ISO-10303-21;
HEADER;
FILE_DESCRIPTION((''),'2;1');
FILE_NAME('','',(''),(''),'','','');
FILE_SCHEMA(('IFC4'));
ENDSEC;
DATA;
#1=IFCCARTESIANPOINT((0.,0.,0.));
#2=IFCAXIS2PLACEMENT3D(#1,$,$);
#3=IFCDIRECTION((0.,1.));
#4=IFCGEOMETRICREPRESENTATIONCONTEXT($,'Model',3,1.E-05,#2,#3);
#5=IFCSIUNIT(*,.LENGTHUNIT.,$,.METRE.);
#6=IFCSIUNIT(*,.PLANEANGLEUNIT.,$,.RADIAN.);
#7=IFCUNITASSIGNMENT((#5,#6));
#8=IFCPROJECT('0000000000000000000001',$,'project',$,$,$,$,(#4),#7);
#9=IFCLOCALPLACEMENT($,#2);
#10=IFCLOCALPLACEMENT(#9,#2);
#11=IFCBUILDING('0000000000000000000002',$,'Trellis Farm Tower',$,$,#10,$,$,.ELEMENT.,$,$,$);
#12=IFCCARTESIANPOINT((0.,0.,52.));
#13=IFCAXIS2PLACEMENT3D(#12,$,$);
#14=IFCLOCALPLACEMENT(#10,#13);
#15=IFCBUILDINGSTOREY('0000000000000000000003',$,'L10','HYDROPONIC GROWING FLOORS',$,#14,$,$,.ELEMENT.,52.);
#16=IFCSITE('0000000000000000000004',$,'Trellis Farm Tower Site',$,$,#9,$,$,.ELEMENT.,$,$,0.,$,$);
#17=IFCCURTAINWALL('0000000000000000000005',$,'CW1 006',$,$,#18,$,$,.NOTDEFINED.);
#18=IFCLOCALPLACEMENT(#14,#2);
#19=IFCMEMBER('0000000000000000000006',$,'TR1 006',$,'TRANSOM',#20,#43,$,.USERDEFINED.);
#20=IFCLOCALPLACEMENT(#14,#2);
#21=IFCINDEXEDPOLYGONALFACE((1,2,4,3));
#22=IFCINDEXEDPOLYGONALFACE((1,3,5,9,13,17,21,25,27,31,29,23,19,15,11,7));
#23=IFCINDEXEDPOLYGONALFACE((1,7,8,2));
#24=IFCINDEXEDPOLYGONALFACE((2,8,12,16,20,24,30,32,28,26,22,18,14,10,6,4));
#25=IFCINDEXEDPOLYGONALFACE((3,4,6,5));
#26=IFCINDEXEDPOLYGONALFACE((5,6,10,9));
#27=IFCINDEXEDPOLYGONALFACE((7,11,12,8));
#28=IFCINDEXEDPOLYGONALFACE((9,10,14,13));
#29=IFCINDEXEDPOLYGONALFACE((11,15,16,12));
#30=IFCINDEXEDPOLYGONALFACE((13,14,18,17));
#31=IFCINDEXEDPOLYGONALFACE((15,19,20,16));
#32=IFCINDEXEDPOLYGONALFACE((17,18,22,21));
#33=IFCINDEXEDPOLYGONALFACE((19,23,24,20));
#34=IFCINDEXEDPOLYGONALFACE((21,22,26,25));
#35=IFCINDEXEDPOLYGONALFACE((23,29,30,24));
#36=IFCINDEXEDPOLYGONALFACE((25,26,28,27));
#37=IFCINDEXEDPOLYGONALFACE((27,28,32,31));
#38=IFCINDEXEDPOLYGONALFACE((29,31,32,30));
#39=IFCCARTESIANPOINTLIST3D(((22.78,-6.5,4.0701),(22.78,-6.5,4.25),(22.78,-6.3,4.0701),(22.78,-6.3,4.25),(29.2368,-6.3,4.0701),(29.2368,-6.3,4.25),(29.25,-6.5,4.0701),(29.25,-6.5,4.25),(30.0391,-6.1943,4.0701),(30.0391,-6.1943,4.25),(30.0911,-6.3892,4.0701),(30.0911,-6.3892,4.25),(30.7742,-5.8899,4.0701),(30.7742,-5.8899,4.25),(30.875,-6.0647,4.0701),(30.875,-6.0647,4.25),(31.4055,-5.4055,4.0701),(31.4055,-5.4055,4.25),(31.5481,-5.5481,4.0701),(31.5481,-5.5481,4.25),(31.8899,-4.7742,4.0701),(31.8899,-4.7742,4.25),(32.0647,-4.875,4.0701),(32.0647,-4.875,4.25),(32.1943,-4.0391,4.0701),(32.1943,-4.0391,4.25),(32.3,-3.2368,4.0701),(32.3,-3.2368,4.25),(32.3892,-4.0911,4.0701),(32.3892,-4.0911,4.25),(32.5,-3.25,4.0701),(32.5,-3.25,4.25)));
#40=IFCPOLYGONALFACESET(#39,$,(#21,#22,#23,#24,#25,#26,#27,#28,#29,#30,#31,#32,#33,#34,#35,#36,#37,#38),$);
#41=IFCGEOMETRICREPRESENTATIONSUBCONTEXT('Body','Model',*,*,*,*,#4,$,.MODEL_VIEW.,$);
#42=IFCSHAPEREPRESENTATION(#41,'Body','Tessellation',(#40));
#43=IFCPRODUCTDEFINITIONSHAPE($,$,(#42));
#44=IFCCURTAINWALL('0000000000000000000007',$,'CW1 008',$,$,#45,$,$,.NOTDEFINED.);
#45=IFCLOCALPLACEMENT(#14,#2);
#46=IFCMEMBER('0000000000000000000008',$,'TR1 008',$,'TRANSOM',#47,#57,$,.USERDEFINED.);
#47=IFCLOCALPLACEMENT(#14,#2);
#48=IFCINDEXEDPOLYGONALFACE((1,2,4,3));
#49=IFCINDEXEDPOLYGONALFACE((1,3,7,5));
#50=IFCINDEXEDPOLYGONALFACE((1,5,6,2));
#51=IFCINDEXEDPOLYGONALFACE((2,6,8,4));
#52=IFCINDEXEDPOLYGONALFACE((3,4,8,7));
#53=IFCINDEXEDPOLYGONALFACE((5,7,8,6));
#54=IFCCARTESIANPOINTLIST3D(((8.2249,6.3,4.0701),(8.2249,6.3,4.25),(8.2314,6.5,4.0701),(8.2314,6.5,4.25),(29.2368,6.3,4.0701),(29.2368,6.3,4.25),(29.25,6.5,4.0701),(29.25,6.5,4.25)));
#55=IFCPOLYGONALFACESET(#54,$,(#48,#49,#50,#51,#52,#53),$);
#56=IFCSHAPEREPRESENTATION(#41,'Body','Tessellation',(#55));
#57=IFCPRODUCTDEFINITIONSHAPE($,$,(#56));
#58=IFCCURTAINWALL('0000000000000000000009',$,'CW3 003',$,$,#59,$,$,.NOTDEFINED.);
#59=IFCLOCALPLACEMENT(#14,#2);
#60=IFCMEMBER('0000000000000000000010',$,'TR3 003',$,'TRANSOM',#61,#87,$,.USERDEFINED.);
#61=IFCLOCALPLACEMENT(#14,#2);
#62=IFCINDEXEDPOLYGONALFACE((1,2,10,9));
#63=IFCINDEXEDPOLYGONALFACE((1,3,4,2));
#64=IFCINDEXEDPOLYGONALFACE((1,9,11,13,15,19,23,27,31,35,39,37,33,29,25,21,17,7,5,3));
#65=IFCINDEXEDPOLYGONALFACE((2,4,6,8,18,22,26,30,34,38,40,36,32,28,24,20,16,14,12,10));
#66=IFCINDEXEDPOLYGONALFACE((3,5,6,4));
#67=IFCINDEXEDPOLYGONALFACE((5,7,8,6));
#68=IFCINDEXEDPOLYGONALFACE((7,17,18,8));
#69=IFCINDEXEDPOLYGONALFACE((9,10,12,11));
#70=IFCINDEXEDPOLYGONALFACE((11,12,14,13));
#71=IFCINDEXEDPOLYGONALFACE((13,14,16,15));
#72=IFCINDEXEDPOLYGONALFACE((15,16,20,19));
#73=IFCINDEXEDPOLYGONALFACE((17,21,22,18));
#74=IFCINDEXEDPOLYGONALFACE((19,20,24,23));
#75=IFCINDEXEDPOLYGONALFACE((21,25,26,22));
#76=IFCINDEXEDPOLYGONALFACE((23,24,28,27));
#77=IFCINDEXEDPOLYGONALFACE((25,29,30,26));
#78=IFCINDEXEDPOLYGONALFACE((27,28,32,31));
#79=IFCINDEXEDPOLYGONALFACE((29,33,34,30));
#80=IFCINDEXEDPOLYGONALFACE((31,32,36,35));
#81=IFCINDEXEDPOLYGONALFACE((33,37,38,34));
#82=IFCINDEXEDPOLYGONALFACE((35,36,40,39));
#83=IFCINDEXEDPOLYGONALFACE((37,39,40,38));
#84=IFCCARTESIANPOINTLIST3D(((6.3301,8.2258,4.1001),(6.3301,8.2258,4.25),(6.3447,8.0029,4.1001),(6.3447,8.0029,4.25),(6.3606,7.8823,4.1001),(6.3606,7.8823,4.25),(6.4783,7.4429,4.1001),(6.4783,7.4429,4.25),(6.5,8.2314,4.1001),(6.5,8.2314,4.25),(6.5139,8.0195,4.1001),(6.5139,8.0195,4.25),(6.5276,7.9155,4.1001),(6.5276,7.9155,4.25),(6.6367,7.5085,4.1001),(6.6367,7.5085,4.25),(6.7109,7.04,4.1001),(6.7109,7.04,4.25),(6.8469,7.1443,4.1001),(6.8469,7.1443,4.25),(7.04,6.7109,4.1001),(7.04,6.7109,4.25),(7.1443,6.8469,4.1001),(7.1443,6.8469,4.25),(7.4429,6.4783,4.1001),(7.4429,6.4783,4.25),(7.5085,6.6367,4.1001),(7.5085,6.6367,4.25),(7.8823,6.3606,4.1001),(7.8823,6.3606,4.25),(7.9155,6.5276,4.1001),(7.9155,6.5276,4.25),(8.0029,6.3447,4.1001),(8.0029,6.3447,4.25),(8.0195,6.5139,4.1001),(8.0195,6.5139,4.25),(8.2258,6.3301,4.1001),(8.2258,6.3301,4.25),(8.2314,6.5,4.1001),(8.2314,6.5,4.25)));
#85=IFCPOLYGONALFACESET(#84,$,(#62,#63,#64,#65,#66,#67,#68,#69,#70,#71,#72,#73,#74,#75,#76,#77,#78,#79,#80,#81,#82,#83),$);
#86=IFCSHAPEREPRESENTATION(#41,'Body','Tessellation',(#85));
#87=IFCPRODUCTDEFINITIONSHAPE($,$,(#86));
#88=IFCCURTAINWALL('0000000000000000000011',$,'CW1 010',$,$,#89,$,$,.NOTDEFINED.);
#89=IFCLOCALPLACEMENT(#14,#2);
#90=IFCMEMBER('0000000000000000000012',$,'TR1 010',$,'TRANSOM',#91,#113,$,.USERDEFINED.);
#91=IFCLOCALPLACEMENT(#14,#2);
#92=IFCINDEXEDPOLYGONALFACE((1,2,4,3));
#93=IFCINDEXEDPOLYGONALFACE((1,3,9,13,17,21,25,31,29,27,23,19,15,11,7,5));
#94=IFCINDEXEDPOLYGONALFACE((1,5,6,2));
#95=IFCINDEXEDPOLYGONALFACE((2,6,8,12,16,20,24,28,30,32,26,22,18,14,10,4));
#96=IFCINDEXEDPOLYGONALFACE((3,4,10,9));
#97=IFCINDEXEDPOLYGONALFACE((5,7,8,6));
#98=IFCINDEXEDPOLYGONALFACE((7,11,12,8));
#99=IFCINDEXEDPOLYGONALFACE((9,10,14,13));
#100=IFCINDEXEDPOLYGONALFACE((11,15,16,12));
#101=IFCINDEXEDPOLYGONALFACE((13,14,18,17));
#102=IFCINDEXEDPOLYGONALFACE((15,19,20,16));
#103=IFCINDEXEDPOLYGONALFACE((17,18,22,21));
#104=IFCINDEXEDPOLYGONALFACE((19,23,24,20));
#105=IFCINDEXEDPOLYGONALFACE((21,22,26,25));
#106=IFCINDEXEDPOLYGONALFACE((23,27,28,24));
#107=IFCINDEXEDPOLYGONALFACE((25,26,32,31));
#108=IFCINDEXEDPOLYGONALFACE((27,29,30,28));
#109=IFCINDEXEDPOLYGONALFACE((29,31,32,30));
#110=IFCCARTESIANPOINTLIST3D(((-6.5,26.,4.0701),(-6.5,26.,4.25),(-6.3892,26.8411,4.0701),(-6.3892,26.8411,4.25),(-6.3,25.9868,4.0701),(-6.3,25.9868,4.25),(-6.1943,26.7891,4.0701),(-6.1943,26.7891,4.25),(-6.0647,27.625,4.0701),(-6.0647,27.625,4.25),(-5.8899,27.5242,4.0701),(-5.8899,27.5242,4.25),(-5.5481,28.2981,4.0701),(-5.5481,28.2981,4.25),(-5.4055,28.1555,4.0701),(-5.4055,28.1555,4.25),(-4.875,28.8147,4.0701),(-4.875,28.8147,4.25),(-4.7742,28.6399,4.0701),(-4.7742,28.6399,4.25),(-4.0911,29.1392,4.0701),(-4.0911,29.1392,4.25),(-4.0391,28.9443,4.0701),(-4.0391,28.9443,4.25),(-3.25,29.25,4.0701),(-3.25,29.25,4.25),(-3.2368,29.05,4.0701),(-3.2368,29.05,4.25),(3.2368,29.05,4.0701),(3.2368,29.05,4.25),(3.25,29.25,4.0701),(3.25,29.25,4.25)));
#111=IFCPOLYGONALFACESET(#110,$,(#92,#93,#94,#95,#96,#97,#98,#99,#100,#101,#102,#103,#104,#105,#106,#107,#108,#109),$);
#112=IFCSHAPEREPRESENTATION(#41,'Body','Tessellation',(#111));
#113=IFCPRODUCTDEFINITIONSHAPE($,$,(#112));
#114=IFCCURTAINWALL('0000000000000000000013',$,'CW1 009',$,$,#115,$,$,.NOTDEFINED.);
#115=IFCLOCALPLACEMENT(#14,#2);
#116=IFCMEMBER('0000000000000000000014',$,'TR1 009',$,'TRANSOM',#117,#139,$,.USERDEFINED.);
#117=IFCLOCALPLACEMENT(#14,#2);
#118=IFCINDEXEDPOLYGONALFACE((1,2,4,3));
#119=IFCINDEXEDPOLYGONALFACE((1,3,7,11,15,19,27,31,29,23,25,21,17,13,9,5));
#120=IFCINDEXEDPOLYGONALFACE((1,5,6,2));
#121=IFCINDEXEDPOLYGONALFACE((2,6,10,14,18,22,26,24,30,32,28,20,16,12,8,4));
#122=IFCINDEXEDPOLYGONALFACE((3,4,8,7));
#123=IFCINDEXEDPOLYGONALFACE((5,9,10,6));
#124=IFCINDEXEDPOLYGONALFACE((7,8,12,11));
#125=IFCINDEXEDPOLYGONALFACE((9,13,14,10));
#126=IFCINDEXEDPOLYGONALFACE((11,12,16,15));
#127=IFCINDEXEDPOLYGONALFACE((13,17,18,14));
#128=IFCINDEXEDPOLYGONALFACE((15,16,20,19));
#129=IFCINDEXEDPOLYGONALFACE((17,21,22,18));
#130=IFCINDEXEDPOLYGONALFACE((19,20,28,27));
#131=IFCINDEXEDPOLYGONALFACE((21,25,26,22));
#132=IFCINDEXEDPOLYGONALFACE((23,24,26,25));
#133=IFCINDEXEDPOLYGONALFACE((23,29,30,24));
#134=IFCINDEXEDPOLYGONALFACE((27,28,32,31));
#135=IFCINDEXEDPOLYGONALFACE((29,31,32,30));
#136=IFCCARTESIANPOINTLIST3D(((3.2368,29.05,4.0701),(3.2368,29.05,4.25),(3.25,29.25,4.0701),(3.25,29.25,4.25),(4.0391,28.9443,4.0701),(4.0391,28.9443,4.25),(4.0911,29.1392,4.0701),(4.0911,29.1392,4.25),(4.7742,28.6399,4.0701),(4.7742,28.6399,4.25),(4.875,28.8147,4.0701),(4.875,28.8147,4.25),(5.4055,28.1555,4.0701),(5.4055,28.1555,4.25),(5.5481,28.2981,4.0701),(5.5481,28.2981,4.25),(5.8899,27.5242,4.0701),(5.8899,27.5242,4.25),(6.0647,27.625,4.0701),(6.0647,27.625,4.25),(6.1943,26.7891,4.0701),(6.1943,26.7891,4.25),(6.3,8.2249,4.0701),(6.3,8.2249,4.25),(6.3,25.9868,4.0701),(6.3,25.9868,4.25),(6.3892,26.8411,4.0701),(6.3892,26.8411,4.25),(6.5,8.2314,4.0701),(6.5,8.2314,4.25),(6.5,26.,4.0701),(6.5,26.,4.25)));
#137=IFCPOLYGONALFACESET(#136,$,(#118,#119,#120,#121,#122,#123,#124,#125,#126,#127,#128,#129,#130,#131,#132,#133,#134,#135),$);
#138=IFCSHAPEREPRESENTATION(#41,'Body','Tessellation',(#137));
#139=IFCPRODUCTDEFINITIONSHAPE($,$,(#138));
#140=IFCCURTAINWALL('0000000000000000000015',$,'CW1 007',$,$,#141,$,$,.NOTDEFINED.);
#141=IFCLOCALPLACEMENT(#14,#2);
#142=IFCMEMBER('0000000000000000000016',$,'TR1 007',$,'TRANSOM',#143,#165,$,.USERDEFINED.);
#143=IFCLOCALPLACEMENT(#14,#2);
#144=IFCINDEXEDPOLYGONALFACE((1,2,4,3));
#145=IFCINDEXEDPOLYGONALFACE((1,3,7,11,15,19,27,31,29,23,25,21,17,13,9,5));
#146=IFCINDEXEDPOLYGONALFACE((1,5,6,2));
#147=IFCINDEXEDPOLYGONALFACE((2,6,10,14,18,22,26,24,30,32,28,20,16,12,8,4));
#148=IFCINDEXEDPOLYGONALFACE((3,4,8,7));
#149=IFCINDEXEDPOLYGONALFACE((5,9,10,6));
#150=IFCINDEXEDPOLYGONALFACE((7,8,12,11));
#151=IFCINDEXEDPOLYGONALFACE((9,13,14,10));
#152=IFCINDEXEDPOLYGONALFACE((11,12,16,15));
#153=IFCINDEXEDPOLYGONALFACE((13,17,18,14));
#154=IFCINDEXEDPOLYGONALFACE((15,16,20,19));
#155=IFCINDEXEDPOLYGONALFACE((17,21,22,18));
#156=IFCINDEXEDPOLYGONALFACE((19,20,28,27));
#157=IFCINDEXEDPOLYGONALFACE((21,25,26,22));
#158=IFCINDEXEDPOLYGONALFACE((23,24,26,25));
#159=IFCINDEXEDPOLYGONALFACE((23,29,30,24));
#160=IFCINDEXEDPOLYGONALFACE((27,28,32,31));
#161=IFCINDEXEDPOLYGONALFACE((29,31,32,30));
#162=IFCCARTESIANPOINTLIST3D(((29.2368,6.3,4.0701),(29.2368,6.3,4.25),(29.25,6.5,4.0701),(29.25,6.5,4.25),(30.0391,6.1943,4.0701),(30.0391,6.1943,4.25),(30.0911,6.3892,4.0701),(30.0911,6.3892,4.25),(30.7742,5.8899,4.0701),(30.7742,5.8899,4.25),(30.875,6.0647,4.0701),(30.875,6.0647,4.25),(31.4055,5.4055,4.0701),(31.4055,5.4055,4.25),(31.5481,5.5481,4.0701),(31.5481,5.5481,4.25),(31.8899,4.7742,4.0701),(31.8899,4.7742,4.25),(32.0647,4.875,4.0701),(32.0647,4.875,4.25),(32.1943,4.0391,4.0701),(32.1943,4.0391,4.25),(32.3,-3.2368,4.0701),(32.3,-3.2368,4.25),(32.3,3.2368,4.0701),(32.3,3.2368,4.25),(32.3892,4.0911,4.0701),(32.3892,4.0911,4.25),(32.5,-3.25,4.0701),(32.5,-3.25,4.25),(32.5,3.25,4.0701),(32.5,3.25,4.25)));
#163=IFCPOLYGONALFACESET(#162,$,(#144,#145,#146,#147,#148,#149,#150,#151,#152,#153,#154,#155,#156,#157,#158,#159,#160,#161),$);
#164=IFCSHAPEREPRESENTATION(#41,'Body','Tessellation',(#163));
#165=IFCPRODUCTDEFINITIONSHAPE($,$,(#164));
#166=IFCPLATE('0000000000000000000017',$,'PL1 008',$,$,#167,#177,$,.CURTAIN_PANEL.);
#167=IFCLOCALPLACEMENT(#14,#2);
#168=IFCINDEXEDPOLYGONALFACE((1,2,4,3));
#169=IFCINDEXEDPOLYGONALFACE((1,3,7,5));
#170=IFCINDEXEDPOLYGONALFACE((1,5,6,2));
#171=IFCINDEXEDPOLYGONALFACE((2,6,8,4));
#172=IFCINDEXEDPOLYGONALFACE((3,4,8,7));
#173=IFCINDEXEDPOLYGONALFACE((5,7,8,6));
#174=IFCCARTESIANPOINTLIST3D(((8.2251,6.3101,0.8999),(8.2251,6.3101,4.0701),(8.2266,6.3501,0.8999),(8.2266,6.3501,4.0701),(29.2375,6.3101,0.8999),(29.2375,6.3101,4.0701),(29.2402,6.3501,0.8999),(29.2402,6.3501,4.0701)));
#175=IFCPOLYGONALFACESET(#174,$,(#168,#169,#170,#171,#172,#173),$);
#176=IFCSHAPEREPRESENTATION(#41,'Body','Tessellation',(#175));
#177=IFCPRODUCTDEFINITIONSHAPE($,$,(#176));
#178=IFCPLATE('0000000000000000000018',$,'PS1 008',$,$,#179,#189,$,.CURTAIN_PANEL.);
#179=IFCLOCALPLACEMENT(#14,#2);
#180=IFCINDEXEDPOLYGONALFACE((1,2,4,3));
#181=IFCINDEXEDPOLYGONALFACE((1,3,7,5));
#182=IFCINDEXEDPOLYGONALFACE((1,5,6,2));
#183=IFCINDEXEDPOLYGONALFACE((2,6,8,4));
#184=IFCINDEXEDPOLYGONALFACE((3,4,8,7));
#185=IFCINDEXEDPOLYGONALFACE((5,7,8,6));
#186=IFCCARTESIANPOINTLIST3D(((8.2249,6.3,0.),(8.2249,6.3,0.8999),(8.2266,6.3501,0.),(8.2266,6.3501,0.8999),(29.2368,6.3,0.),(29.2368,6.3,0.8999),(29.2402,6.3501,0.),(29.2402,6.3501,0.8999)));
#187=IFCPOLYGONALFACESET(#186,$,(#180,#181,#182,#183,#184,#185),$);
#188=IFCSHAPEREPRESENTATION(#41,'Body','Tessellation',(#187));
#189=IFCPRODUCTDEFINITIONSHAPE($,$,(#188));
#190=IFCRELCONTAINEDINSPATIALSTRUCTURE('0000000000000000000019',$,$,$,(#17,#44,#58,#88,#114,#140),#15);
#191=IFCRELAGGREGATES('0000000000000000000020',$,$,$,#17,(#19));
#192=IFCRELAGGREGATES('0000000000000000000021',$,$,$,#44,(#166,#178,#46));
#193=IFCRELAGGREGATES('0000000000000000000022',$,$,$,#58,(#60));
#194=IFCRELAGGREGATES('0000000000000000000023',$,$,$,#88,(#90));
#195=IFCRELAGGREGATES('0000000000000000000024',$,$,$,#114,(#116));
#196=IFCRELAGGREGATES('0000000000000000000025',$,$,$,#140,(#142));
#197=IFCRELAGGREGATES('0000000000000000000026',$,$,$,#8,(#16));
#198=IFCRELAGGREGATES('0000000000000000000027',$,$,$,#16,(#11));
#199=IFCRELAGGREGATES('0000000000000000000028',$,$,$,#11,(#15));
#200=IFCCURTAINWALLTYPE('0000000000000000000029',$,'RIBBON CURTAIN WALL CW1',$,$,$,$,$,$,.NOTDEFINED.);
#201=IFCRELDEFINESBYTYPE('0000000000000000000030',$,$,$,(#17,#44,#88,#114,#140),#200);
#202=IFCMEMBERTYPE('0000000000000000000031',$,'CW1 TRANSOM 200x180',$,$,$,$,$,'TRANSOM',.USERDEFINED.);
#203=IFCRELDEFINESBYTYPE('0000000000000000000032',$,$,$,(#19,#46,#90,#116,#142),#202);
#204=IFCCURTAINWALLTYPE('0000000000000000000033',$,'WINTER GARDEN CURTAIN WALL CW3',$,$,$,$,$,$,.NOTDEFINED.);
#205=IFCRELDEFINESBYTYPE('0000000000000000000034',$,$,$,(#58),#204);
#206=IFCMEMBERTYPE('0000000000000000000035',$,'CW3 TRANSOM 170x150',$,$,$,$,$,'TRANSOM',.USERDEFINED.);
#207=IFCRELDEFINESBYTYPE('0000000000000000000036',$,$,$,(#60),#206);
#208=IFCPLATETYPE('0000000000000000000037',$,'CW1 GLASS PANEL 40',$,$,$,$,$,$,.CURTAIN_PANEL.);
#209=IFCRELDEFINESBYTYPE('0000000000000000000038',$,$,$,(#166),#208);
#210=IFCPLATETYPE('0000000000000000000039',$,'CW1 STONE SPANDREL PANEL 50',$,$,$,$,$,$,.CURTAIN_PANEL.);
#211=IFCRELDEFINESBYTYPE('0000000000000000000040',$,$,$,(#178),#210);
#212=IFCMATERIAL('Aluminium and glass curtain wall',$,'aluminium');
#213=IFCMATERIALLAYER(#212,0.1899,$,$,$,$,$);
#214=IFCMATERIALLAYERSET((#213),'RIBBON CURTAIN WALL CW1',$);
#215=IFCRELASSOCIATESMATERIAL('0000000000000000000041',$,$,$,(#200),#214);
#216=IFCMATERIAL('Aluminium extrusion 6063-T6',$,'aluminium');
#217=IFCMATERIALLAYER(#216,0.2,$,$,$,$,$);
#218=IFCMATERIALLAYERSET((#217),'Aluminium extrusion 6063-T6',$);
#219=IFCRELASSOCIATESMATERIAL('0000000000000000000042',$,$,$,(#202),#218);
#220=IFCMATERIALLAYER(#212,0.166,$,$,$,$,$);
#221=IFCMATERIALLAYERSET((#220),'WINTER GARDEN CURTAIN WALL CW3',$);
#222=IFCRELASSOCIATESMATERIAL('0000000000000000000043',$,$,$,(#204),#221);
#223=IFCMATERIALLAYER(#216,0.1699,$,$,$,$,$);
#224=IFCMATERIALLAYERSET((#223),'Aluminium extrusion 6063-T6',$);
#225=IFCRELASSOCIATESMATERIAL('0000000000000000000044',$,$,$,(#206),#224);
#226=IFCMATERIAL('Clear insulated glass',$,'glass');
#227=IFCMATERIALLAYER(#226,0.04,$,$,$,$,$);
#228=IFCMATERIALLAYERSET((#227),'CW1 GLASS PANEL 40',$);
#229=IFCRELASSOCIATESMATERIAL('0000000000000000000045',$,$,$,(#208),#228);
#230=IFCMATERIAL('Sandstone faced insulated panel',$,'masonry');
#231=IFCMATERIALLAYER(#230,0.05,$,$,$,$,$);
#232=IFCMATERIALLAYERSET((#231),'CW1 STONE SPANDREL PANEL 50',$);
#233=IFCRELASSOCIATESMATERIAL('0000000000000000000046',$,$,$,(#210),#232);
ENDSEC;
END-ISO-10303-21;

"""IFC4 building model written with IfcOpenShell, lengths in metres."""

from ifc_helpers import new_model, si_unit, direction, frame, origin, place, context, subcontext, project, spatial, polyline, outline, extrude, source, transform, mapped, material, layer, layer_set, type_object, element, aggregate, save


model = new_model("IFC4")

# Units and contexts
model_context = context("Model", 3, precision=1e-05, world=origin(), true_north=direction((0.0, 1.0)))
body_context = subcontext(model_context, "Body", "Model", "MODEL_VIEW")
ifc_project = project(units=[si_unit("LENGTHUNIT", "METRE"), si_unit("PLANEANGLEUNIT", "RADIAN")], contexts=[model_context])

# Site, building, storey
site_placement = place(None, origin())
site = spatial("IfcSite", under=ifc_project, at=site_placement, Name="Trellis Farm Tower Site", CompositionType="ELEMENT", RefElevation=0.0)
building_placement = place(site_placement, origin())
building = spatial("IfcBuilding", under=site, at=building_placement, Name="Trellis Farm Tower", CompositionType="ELEMENT")
storey_placement = place(building_placement, frame((0.0, 0.0, 52.0)))
storey = spatial("IfcBuildingStorey", under=building, at=storey_placement, Name="L10", Description="HYDROPONIC GROWING FLOORS", CompositionType="ELEMENT", Elevation=52.0)

# Curtain walls, members
ifc_material_1 = material(Name="Aluminium and glass curtain wall", Category="aluminium")
ifc_layer_1 = layer(ifc_material_1, 0.1899)
ifc_layer_set_1 = layer_set([ifc_layer_1], Name="RIBBON CURTAIN WALL CW1")
curtain_wall_type_1 = type_object("IfcCurtainWallType", Name="RIBBON CURTAIN WALL CW1", PredefinedType="NOTDEFINED", material=ifc_layer_set_1)
placement_1 = place(storey_placement, origin())
curtain_wall_1 = element("IfcCurtainWall", 1, at=placement_1, inside=storey, type_object=curtain_wall_type_1, Name="CW1 006", PredefinedType="NOTDEFINED")
ifc_material_2 = material(Name="Aluminium extrusion 6063-T6", Category="aluminium")
ifc_layer_2 = layer(ifc_material_2, 0.2)
ifc_layer_set_2 = layer_set([ifc_layer_2], Name="Aluminium extrusion 6063-T6")
member_type_1 = type_object("IfcMemberType", Name="CW1 TRANSOM 200x180", ElementType="TRANSOM", PredefinedType="USERDEFINED", material=ifc_layer_set_2)
shared_shape_1 = source(origin(), body_context, "Body", "SweptSolid", [
    extrude(outline(polyline([(22.78, -6.5), (29.25, -6.5), (30.0911, -6.3892), (30.875, -6.0647), (31.5481, -5.5481), (32.0647, -4.875), (32.3892, -4.0911), (32.5, -3.25), (32.3, -3.2368), (32.1943, -4.0391), (31.8899, -4.7742), (31.4055, -5.4055), (30.7742, -5.8899), (30.0391, -6.1943), (29.2368, -6.3), (22.78, -6.3), (22.78, -6.5)])), origin(), (0.0, 0.0, 1.0), 0.1799),
])
placement_2 = place(storey_placement, frame((0.0, 0.0, 4.0701)))
member_1 = element("IfcMember", 2, at=placement_2, type_object=member_type_1, Name="TR1 006", ObjectType="TRANSOM", PredefinedType="USERDEFINED", context=body_context, shape_type="MappedRepresentation", body=[
    mapped(shared_shape_1, transform((0.0, 0.0, 0.0))),
])
aggregate(curtain_wall_1, [member_1])
curtain_wall_2 = element("IfcCurtainWall", 3, at=placement_1, inside=storey, type_object=curtain_wall_type_1, Name="CW1 008", PredefinedType="NOTDEFINED")
shared_shape_2 = source(origin(), body_context, "Body", "SweptSolid", [
    extrude(outline(polyline([(29.25, 6.5), (8.2314, 6.5), (8.2249, 6.3), (29.2368, 6.3), (29.25, 6.5)])), origin(), (0.0, 0.0, 1.0), 0.1799),
])
member_2 = element("IfcMember", 4, at=placement_2, type_object=member_type_1, Name="TR1 008", ObjectType="TRANSOM", PredefinedType="USERDEFINED", context=body_context, shape_type="MappedRepresentation", body=[
    mapped(shared_shape_2, transform((0.0, 0.0, 0.0))),
])
ifc_layer_3 = layer(ifc_material_1, 0.166)
ifc_layer_set_3 = layer_set([ifc_layer_3], Name="WINTER GARDEN CURTAIN WALL CW3")
curtain_wall_type_2 = type_object("IfcCurtainWallType", Name="WINTER GARDEN CURTAIN WALL CW3", PredefinedType="NOTDEFINED", material=ifc_layer_set_3)
curtain_wall_3 = element("IfcCurtainWall", 5, at=placement_1, inside=storey, type_object=curtain_wall_type_2, Name="CW3 003", PredefinedType="NOTDEFINED")
ifc_layer_4 = layer(ifc_material_2, 0.1699)
ifc_layer_set_4 = layer_set([ifc_layer_4], Name="Aluminium extrusion 6063-T6")
member_type_2 = type_object("IfcMemberType", Name="CW3 TRANSOM 170x150", ElementType="TRANSOM", PredefinedType="USERDEFINED", material=ifc_layer_set_4)
shared_shape_3 = source(origin(), body_context, "Body", "SweptSolid", [
    extrude(outline(polyline([(8.2314, 6.5), (8.0195, 6.5139), (7.9155, 6.5276), (7.5085, 6.6367), (7.1443, 6.8469), (6.8469, 7.1443), (6.6367, 7.5085), (6.5276, 7.9155), (6.5139, 8.0195), (6.5, 8.2314), (6.3301, 8.2258), (6.3447, 8.0029), (6.3606, 7.8823), (6.4783, 7.4429), (6.7109, 7.04), (7.04, 6.7109), (7.4429, 6.4783), (7.8823, 6.3606), (8.0029, 6.3447), (8.2258, 6.3301), (8.2314, 6.5)])), origin(), (0.0, 0.0, 1.0), 0.1499),
])
member_3_placement = place(storey_placement, frame((0.0, 0.0, 4.1001)))
member_3 = element("IfcMember", 6, at=member_3_placement, type_object=member_type_2, Name="TR3 003", ObjectType="TRANSOM", PredefinedType="USERDEFINED", context=body_context, shape_type="MappedRepresentation", body=[
    mapped(shared_shape_3, transform((0.0, 0.0, 0.0))),
])
curtain_wall_4 = element("IfcCurtainWall", 7, at=placement_1, inside=storey, type_object=curtain_wall_type_1, Name="CW1 010", PredefinedType="NOTDEFINED")
shared_shape_4 = source(origin(), body_context, "Body", "SweptSolid", [
    extrude(outline(polyline([(3.25, 29.25), (-3.25, 29.25), (-4.0911, 29.1392), (-4.875, 28.8147), (-5.5481, 28.2981), (-6.0647, 27.625), (-6.3892, 26.8411), (-6.5, 26.0), (-6.3, 25.9868), (-6.1943, 26.7891), (-5.8899, 27.5242), (-5.4055, 28.1555), (-4.7742, 28.6399), (-4.0391, 28.9443), (-3.2368, 29.05), (3.2368, 29.05), (3.25, 29.25)])), origin(), (0.0, 0.0, 1.0), 0.1799),
])
member_4 = element("IfcMember", 8, at=placement_2, type_object=member_type_1, Name="TR1 010", ObjectType="TRANSOM", PredefinedType="USERDEFINED", context=body_context, shape_type="MappedRepresentation", body=[
    mapped(shared_shape_4, transform((0.0, 0.0, 0.0))),
])
curtain_wall_5 = element("IfcCurtainWall", 9, at=placement_1, inside=storey, type_object=curtain_wall_type_1, Name="CW1 009", PredefinedType="NOTDEFINED")
shared_shape_5 = source(origin(), body_context, "Body", "SweptSolid", [
    extrude(outline(polyline([(6.5, 8.2314), (6.5, 26.0), (6.3892, 26.8411), (6.0647, 27.625), (5.5481, 28.2981), (4.875, 28.8147), (4.0911, 29.1392), (3.25, 29.25), (3.2368, 29.05), (4.0391, 28.9443), (4.7742, 28.6399), (5.4055, 28.1555), (5.8899, 27.5242), (6.1943, 26.7891), (6.3, 25.9868), (6.3, 8.2249), (6.5, 8.2314)])), origin(), (0.0, 0.0, 1.0), 0.1799),
])
member_5 = element("IfcMember", 10, at=placement_2, type_object=member_type_1, Name="TR1 009", ObjectType="TRANSOM", PredefinedType="USERDEFINED", context=body_context, shape_type="MappedRepresentation", body=[
    mapped(shared_shape_5, transform((0.0, 0.0, 0.0))),
])
curtain_wall_6 = element("IfcCurtainWall", 11, at=placement_1, inside=storey, type_object=curtain_wall_type_1, Name="CW1 007", PredefinedType="NOTDEFINED")
shared_shape_6 = source(origin(), body_context, "Body", "SweptSolid", [
    extrude(outline(polyline([(32.5, -3.25), (32.5, 3.25), (32.3892, 4.0911), (32.0647, 4.875), (31.5481, 5.5481), (30.875, 6.0647), (30.0911, 6.3892), (29.25, 6.5), (29.2368, 6.3), (30.0391, 6.1943), (30.7742, 5.8899), (31.4055, 5.4055), (31.8899, 4.7742), (32.1943, 4.0391), (32.3, 3.2368), (32.3, -3.2368), (32.5, -3.25)])), origin(), (0.0, 0.0, 1.0), 0.1799),
])
member_6 = element("IfcMember", 12, at=placement_2, type_object=member_type_1, Name="TR1 007", ObjectType="TRANSOM", PredefinedType="USERDEFINED", context=body_context, shape_type="MappedRepresentation", body=[
    mapped(shared_shape_6, transform((0.0, 0.0, 0.0))),
])

# Plates
ifc_material_3 = material(Name="Clear insulated glass", Category="glass")
ifc_layer_5 = layer(ifc_material_3, 0.04)
ifc_layer_set_5 = layer_set([ifc_layer_5], Name="CW1 GLASS PANEL 40")
plate_type_1 = type_object("IfcPlateType", Name="CW1 GLASS PANEL 40", PredefinedType="CURTAIN_PANEL", material=ifc_layer_set_5)
shared_shape_7 = source(origin(), body_context, "Body", "SweptSolid", [
    extrude(outline(polyline([(29.2402, 6.3501), (8.2266, 6.3501), (8.2251, 6.3101), (29.2375, 6.3101), (29.2402, 6.3501)])), origin(), (0.0, 0.0, 1.0), 3.1702),
])
placement_3 = place(storey_placement, frame((0.0, 0.0, 0.8999)))
plate_1 = element("IfcPlate", 13, at=placement_3, type_object=plate_type_1, Name="PL1 008", PredefinedType="CURTAIN_PANEL", context=body_context, shape_type="MappedRepresentation", body=[
    mapped(shared_shape_7, transform((0.0, 0.0, 0.0))),
])
ifc_material_4 = material(Name="Sandstone faced insulated panel", Category="masonry")
ifc_layer_6 = layer(ifc_material_4, 0.05)
ifc_layer_set_6 = layer_set([ifc_layer_6], Name="CW1 STONE SPANDREL PANEL 50")
plate_type_2 = type_object("IfcPlateType", Name="CW1 STONE SPANDREL PANEL 50", PredefinedType="CURTAIN_PANEL", material=ifc_layer_set_6)
shared_shape_8 = source(origin(), body_context, "Body", "SweptSolid", [
    extrude(outline(polyline([(29.2402, 6.3501), (8.2266, 6.3501), (8.2249, 6.3), (29.2368, 6.3), (29.2402, 6.3501)])), origin(), (0.0, 0.0, 1.0), 0.8999),
])
plate_2 = element("IfcPlate", 14, at=placement_1, type_object=plate_type_2, Name="PS1 008", PredefinedType="CURTAIN_PANEL", context=body_context, shape_type="MappedRepresentation", body=[
    mapped(shared_shape_8, transform((0.0, 0.0, 0.0))),
])
aggregate(curtain_wall_2, [plate_1, plate_2, member_2])
aggregate(curtain_wall_3, [member_3])
aggregate(curtain_wall_4, [member_4])
aggregate(curtain_wall_5, [member_5])
aggregate(curtain_wall_6, [member_6])

save(model, "model.ifc")
